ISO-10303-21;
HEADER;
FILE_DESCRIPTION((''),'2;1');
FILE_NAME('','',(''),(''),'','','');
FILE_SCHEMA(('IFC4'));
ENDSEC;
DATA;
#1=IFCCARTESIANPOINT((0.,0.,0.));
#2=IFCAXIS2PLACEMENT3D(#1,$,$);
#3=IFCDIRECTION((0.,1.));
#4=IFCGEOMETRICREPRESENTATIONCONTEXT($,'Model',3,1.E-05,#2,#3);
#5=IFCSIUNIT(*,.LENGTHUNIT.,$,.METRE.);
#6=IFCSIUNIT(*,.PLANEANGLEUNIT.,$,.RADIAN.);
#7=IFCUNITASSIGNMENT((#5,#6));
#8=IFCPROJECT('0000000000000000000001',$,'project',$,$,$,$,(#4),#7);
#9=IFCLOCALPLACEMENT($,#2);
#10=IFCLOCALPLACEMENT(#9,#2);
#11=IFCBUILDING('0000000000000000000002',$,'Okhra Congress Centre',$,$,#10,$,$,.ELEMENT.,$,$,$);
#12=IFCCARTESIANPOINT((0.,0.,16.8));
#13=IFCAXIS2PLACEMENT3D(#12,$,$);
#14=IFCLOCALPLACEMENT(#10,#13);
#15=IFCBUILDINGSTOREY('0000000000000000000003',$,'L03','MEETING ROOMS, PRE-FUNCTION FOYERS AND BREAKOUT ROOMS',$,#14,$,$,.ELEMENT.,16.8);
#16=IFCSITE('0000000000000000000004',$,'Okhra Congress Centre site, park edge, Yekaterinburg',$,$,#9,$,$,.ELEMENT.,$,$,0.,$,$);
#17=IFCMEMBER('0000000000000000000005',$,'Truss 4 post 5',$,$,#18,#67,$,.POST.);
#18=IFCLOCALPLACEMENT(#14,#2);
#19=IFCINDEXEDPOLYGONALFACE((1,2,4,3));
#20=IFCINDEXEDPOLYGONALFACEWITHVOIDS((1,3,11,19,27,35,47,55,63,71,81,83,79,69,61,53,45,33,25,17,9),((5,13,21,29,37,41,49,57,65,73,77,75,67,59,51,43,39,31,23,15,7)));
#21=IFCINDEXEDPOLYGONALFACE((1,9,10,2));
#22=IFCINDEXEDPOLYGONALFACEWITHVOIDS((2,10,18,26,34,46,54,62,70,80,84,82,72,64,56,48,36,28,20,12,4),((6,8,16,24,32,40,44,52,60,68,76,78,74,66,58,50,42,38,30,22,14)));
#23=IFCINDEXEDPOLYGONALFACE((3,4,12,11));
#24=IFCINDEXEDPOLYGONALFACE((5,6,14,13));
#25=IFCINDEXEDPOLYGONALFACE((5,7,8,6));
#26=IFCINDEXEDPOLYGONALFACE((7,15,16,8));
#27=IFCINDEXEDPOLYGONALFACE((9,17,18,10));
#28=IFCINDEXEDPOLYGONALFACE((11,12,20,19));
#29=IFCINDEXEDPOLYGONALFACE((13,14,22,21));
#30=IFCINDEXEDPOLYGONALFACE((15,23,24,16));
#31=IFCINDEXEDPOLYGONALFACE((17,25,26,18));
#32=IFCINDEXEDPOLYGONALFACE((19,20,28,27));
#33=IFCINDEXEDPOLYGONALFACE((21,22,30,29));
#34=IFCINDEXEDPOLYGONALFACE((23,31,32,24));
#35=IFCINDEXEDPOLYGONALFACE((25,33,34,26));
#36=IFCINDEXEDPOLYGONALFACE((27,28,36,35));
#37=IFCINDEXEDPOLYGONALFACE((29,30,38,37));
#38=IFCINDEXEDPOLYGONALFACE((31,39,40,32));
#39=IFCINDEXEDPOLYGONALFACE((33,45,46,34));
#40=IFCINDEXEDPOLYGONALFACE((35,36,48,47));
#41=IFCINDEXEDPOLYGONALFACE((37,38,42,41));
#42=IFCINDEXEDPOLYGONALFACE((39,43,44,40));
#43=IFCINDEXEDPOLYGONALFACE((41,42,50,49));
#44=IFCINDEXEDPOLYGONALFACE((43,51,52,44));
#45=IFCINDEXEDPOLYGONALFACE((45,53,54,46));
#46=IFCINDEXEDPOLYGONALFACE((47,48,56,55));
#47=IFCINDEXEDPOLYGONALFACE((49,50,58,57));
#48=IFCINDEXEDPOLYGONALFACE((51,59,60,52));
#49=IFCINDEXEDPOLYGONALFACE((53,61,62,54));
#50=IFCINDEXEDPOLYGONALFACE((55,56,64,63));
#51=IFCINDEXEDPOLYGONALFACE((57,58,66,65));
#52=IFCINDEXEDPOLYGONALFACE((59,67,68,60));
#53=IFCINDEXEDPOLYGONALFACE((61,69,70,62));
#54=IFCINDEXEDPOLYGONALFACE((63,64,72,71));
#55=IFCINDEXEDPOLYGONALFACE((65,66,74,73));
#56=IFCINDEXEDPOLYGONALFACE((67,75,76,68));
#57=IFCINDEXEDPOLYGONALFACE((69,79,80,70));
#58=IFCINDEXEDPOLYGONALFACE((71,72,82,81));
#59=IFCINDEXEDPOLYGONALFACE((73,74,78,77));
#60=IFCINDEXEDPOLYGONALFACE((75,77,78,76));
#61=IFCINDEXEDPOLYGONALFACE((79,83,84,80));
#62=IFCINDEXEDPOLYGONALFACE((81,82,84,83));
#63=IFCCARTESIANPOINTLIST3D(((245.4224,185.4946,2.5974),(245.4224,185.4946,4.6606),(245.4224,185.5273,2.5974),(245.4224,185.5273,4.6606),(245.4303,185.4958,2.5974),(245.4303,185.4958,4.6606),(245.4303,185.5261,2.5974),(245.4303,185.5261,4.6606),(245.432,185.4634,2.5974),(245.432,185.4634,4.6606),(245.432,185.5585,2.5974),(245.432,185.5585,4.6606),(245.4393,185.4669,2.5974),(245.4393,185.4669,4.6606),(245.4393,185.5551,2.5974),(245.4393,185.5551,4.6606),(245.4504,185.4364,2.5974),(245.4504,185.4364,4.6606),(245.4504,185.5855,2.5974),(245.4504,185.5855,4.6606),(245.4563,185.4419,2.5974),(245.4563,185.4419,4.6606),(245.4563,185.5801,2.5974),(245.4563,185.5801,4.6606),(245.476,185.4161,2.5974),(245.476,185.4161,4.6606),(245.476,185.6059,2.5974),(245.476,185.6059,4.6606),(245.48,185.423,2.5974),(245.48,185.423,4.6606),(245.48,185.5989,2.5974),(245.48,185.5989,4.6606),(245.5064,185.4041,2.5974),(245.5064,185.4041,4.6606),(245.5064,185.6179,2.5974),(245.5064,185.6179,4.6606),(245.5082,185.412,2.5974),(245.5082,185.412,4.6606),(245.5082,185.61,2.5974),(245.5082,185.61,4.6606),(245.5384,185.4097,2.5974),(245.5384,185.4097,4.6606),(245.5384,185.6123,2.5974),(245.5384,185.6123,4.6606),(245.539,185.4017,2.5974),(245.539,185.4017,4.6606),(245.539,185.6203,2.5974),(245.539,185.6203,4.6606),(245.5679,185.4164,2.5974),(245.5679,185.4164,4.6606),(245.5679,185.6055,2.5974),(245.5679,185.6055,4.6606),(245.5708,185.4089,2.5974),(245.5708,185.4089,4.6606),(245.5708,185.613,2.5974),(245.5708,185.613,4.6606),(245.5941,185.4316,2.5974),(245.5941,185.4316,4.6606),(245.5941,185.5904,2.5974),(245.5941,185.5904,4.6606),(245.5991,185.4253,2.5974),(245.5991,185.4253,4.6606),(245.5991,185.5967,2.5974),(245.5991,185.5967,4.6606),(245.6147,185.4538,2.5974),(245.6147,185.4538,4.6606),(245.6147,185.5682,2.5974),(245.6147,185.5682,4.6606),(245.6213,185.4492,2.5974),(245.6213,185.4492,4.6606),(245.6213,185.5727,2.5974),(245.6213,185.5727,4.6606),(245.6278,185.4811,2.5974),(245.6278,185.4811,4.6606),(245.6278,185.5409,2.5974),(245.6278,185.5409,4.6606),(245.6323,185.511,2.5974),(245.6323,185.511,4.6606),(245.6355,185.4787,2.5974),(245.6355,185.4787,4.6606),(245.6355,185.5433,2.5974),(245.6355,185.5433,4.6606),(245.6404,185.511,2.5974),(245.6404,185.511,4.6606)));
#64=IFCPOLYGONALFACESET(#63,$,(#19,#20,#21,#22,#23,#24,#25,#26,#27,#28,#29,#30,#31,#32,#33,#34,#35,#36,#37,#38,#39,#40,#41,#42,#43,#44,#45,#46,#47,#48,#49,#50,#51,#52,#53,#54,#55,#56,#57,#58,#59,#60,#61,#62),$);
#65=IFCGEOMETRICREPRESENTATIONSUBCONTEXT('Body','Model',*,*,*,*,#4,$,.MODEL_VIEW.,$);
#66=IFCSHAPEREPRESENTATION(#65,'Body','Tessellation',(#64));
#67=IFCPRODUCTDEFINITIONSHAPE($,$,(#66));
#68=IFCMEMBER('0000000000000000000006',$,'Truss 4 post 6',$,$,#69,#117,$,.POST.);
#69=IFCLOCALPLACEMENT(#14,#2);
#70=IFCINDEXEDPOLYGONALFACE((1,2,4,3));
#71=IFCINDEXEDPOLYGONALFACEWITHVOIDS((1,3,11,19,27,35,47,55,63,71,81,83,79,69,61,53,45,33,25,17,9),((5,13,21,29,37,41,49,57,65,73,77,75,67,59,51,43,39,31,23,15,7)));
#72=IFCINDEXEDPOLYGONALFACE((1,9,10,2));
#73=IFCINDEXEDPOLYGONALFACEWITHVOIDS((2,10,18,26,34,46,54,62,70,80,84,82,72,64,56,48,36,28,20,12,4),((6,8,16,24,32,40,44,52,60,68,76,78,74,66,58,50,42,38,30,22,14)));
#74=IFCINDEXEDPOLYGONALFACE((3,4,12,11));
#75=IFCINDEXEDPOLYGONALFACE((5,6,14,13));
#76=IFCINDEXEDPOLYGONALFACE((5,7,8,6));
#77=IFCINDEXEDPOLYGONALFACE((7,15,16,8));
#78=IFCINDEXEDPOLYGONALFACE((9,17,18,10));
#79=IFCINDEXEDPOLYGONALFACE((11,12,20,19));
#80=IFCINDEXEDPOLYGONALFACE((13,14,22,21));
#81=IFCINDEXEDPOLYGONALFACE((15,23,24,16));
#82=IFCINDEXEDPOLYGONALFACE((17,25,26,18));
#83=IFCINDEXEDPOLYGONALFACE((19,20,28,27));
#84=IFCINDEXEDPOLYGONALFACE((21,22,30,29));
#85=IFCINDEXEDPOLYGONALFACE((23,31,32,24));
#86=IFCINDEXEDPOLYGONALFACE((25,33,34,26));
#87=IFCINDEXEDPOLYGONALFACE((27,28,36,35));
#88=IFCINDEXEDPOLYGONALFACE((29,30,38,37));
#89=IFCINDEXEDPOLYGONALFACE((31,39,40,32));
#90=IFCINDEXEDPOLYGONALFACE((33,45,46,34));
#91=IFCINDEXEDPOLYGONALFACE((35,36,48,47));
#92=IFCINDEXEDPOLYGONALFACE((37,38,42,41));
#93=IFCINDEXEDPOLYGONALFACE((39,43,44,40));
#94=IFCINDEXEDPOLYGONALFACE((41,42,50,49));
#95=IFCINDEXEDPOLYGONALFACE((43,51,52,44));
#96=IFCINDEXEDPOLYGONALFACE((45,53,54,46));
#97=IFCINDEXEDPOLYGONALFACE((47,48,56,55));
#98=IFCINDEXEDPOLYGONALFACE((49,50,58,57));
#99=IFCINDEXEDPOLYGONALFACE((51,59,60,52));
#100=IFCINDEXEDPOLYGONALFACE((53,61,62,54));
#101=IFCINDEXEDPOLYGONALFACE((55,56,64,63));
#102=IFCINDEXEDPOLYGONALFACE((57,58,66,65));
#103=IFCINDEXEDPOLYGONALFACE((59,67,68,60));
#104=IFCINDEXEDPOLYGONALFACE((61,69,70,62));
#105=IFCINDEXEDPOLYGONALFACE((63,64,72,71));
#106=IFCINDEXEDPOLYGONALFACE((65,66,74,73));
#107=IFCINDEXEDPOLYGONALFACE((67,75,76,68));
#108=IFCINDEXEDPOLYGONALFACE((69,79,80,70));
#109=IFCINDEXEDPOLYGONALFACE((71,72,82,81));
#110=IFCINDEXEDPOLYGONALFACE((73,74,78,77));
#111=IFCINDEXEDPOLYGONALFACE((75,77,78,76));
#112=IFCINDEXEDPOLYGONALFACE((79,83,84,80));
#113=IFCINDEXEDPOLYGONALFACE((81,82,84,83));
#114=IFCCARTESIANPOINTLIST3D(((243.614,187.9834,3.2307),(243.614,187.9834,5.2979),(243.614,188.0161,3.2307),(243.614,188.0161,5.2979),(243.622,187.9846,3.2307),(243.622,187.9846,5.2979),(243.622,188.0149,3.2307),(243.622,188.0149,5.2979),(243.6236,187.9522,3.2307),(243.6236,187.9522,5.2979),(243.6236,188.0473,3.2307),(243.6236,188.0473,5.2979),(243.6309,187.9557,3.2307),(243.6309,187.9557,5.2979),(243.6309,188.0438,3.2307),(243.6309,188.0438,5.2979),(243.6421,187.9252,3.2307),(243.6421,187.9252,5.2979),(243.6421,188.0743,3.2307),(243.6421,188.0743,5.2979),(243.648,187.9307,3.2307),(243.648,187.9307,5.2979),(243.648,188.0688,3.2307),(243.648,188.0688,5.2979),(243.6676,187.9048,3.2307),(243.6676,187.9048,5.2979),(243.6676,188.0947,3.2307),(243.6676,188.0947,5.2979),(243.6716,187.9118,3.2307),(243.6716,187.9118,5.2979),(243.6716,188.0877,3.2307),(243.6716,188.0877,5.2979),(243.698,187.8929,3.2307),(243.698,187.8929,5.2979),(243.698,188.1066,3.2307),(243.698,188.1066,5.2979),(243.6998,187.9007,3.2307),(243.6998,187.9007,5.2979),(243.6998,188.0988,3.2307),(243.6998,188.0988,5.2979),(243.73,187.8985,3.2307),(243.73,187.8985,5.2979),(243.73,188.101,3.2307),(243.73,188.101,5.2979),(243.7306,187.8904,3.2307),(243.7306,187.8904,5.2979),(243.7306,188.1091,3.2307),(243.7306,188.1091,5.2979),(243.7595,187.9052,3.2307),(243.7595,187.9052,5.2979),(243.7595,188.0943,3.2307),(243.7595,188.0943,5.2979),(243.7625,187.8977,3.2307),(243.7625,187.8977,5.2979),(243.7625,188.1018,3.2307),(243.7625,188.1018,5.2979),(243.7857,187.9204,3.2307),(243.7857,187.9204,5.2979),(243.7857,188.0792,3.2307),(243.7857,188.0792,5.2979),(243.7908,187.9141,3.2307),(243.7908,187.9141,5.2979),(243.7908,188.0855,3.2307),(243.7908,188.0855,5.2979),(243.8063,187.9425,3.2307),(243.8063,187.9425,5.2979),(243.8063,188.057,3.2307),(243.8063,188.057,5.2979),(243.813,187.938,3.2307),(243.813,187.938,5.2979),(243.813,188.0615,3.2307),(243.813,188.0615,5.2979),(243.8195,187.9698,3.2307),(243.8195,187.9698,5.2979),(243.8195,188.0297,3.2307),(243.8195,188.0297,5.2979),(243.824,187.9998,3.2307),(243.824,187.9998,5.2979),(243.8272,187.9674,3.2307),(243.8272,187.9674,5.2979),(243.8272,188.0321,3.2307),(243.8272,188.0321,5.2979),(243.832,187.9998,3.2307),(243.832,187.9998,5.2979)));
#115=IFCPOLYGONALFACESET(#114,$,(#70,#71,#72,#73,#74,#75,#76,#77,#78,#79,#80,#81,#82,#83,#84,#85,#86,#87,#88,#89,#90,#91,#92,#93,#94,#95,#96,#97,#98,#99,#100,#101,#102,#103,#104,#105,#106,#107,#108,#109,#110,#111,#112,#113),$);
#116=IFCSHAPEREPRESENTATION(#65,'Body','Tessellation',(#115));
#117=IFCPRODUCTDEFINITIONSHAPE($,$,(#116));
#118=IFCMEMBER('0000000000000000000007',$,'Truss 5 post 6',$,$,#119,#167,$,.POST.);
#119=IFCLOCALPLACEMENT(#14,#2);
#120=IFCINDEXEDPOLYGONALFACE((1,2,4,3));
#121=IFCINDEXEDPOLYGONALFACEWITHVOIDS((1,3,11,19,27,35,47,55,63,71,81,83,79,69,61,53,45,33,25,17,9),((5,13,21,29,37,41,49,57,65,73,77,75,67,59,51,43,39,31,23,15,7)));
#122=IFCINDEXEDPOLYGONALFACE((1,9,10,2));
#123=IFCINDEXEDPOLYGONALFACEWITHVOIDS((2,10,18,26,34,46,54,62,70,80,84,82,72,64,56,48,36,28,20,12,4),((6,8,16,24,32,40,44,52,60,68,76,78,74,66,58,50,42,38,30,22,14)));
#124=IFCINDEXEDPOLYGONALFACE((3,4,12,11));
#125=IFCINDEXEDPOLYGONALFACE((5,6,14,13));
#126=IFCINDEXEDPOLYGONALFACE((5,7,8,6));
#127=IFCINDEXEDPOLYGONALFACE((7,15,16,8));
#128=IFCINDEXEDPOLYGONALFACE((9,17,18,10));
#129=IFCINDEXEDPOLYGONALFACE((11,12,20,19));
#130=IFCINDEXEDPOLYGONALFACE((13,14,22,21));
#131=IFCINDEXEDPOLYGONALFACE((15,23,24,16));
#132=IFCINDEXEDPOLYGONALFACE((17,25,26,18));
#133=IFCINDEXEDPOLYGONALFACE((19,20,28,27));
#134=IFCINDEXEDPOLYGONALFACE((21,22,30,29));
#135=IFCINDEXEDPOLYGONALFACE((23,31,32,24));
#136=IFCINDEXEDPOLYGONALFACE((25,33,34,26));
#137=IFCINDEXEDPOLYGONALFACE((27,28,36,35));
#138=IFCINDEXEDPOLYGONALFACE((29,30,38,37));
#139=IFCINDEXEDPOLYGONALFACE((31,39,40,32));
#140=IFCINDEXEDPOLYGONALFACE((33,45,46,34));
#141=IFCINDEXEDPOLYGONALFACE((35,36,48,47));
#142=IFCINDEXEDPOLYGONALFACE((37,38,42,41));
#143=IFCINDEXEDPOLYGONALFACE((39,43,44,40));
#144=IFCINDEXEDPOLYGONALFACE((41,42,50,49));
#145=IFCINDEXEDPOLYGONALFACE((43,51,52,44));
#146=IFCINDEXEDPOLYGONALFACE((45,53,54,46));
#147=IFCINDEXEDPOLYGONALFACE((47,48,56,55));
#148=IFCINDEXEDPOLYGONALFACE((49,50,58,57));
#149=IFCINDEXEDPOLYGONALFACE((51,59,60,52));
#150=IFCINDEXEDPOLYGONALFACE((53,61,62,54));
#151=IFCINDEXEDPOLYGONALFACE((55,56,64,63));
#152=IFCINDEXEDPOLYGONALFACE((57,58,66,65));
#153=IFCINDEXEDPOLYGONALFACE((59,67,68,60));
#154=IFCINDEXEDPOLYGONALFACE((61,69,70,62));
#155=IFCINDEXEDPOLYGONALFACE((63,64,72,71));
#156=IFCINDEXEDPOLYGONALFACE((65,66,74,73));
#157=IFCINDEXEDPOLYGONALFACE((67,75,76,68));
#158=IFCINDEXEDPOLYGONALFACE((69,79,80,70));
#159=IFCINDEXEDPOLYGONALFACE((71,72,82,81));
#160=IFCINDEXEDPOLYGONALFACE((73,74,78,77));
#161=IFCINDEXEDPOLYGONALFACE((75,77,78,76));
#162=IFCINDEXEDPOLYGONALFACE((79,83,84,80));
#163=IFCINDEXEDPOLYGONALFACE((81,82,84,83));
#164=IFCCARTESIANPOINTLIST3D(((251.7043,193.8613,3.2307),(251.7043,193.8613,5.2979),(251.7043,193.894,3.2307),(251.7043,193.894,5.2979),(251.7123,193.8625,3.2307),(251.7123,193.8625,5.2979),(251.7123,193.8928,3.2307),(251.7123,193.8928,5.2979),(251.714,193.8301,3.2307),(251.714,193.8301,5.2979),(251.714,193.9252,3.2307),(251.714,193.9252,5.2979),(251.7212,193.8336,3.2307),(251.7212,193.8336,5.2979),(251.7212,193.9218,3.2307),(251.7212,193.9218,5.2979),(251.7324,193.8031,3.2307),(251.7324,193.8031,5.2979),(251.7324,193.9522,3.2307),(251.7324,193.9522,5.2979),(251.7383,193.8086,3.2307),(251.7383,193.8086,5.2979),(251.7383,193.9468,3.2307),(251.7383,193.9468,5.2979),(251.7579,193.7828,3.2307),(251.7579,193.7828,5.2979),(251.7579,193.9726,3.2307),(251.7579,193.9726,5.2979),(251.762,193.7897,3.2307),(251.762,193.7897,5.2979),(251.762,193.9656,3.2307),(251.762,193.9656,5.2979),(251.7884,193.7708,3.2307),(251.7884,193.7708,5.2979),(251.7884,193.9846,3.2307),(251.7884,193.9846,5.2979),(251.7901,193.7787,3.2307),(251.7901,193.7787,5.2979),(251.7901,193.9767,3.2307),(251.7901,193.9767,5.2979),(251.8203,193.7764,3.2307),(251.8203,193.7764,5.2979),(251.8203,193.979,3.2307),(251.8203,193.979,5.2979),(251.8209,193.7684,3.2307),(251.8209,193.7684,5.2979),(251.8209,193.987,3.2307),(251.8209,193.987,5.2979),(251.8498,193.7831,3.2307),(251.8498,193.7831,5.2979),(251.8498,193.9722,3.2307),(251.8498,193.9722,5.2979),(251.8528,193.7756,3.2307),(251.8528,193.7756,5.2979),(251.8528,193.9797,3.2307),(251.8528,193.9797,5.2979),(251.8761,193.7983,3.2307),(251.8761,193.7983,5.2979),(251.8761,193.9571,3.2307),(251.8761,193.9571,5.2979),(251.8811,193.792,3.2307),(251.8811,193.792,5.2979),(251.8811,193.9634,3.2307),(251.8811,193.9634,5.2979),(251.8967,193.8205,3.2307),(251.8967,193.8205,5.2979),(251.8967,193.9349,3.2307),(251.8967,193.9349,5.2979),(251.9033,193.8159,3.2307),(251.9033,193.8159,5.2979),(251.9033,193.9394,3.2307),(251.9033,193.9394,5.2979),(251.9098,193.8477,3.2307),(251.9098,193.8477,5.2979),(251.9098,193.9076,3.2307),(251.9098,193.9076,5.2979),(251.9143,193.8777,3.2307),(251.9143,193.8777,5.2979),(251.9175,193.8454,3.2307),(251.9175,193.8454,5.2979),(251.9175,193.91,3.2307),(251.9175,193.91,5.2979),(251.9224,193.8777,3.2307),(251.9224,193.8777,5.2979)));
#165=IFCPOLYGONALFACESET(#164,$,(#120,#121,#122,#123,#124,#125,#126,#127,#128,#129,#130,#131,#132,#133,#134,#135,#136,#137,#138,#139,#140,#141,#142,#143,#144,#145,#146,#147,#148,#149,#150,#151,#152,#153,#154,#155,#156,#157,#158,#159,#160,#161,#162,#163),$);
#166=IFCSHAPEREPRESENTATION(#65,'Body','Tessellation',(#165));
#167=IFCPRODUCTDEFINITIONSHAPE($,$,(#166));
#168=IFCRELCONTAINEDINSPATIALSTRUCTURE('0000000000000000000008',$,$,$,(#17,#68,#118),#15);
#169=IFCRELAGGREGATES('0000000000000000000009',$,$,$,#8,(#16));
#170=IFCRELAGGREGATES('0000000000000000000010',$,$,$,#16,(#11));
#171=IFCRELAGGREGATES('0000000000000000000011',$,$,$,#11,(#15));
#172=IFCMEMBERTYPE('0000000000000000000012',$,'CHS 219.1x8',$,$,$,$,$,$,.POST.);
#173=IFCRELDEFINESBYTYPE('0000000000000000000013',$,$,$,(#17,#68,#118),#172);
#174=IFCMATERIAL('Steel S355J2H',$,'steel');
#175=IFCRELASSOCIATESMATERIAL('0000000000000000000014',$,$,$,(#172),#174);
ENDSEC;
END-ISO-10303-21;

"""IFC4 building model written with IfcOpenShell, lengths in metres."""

from ifc_helpers import new_model, si_unit, direction, frame, origin, origin_2d, place, context, subcontext, project, spatial, hollow_circle, extrude, material, material_profile, profile_set, type_object, element, save


model = new_model("IFC4")

# Units and contexts
model_context = context("Model", 3, precision=1e-05, world=origin(), true_north=direction((0.0, 1.0)))
body_context = subcontext(model_context, "Body", "Model", "MODEL_VIEW")
ifc_project = project(units=[si_unit("LENGTHUNIT", "METRE"), si_unit("PLANEANGLEUNIT", "RADIAN")], contexts=[model_context])

# Site, building, storey
site_placement = place(None, origin())
site = spatial("IfcSite", under=ifc_project, at=site_placement, Name="Okhra Congress Centre site, park edge, Yekaterinburg", CompositionType="ELEMENT", RefElevation=0.0)
building_placement = place(site_placement, origin())
building = spatial("IfcBuilding", under=site, at=building_placement, Name="Okhra Congress Centre", CompositionType="ELEMENT")
storey_placement = place(building_placement, frame((0.0, 0.0, 16.8)))
storey = spatial("IfcBuildingStorey", under=building, at=storey_placement, Name="L03", Description="MEETING ROOMS, PRE-FUNCTION FOYERS AND BREAKOUT ROOMS", CompositionType="ELEMENT", Elevation=16.8)

# Members
ifc_material_1 = material(Name="Steel S355J2H", Category="steel")
ifc_material_profile_1 = material_profile(ifc_material_1, hollow_circle(Radius=0.1096, WallThickness=0.0081, at=origin_2d()), Name="CHS 219.1x8")
ifc_profile_set_1 = profile_set([ifc_material_profile_1], Name="Steel S355J2H")
member_type_1 = type_object("IfcMemberType", Name="CHS 219.1x8", PredefinedType="POST", material=ifc_profile_set_1)
member_1_placement = place(storey_placement, frame((245.5308, 185.511, 2.5974), z_axis=(0.0, 0.0, 1.0), x_axis=(1.0, 0.0, 0.0)))
element("IfcMember", 1, at=member_1_placement, inside=storey, type_object=member_type_1, Name="Truss 4 post 5", PredefinedType="POST", context=body_context, shape_type="SweptSolid", body=[
    extrude(hollow_circle(Radius=0.1096, WallThickness=0.0081, at=origin_2d()), origin(), (0.0, 0.0, 1.0), 2.0632),
])
for number, where, z_axis, x_axis, name in (
    (2, (243.7224, 187.9998, 3.2307), (0.0, 0.0, 1.0), (1.0, 0.0, 0.0), "Truss 4 post 6"),
    (3, (251.8127, 193.8777, 3.2307), (0.0, 0.0, 1.0), (1.0, 0.0, 0.0), "Truss 5 post 6"),
):
    element("IfcMember", number, at=place(storey_placement, frame(where, z_axis=z_axis, x_axis=x_axis)), inside=storey, type_object=member_type_1, Name=name, PredefinedType="POST", context=body_context, shape_type="SweptSolid", body=[
        extrude(hollow_circle(Radius=0.1096, WallThickness=0.0081, at=origin_2d()), origin(), (0.0, 0.0, 1.0), 2.0671),
    ])

save(model, "model.ifc")
